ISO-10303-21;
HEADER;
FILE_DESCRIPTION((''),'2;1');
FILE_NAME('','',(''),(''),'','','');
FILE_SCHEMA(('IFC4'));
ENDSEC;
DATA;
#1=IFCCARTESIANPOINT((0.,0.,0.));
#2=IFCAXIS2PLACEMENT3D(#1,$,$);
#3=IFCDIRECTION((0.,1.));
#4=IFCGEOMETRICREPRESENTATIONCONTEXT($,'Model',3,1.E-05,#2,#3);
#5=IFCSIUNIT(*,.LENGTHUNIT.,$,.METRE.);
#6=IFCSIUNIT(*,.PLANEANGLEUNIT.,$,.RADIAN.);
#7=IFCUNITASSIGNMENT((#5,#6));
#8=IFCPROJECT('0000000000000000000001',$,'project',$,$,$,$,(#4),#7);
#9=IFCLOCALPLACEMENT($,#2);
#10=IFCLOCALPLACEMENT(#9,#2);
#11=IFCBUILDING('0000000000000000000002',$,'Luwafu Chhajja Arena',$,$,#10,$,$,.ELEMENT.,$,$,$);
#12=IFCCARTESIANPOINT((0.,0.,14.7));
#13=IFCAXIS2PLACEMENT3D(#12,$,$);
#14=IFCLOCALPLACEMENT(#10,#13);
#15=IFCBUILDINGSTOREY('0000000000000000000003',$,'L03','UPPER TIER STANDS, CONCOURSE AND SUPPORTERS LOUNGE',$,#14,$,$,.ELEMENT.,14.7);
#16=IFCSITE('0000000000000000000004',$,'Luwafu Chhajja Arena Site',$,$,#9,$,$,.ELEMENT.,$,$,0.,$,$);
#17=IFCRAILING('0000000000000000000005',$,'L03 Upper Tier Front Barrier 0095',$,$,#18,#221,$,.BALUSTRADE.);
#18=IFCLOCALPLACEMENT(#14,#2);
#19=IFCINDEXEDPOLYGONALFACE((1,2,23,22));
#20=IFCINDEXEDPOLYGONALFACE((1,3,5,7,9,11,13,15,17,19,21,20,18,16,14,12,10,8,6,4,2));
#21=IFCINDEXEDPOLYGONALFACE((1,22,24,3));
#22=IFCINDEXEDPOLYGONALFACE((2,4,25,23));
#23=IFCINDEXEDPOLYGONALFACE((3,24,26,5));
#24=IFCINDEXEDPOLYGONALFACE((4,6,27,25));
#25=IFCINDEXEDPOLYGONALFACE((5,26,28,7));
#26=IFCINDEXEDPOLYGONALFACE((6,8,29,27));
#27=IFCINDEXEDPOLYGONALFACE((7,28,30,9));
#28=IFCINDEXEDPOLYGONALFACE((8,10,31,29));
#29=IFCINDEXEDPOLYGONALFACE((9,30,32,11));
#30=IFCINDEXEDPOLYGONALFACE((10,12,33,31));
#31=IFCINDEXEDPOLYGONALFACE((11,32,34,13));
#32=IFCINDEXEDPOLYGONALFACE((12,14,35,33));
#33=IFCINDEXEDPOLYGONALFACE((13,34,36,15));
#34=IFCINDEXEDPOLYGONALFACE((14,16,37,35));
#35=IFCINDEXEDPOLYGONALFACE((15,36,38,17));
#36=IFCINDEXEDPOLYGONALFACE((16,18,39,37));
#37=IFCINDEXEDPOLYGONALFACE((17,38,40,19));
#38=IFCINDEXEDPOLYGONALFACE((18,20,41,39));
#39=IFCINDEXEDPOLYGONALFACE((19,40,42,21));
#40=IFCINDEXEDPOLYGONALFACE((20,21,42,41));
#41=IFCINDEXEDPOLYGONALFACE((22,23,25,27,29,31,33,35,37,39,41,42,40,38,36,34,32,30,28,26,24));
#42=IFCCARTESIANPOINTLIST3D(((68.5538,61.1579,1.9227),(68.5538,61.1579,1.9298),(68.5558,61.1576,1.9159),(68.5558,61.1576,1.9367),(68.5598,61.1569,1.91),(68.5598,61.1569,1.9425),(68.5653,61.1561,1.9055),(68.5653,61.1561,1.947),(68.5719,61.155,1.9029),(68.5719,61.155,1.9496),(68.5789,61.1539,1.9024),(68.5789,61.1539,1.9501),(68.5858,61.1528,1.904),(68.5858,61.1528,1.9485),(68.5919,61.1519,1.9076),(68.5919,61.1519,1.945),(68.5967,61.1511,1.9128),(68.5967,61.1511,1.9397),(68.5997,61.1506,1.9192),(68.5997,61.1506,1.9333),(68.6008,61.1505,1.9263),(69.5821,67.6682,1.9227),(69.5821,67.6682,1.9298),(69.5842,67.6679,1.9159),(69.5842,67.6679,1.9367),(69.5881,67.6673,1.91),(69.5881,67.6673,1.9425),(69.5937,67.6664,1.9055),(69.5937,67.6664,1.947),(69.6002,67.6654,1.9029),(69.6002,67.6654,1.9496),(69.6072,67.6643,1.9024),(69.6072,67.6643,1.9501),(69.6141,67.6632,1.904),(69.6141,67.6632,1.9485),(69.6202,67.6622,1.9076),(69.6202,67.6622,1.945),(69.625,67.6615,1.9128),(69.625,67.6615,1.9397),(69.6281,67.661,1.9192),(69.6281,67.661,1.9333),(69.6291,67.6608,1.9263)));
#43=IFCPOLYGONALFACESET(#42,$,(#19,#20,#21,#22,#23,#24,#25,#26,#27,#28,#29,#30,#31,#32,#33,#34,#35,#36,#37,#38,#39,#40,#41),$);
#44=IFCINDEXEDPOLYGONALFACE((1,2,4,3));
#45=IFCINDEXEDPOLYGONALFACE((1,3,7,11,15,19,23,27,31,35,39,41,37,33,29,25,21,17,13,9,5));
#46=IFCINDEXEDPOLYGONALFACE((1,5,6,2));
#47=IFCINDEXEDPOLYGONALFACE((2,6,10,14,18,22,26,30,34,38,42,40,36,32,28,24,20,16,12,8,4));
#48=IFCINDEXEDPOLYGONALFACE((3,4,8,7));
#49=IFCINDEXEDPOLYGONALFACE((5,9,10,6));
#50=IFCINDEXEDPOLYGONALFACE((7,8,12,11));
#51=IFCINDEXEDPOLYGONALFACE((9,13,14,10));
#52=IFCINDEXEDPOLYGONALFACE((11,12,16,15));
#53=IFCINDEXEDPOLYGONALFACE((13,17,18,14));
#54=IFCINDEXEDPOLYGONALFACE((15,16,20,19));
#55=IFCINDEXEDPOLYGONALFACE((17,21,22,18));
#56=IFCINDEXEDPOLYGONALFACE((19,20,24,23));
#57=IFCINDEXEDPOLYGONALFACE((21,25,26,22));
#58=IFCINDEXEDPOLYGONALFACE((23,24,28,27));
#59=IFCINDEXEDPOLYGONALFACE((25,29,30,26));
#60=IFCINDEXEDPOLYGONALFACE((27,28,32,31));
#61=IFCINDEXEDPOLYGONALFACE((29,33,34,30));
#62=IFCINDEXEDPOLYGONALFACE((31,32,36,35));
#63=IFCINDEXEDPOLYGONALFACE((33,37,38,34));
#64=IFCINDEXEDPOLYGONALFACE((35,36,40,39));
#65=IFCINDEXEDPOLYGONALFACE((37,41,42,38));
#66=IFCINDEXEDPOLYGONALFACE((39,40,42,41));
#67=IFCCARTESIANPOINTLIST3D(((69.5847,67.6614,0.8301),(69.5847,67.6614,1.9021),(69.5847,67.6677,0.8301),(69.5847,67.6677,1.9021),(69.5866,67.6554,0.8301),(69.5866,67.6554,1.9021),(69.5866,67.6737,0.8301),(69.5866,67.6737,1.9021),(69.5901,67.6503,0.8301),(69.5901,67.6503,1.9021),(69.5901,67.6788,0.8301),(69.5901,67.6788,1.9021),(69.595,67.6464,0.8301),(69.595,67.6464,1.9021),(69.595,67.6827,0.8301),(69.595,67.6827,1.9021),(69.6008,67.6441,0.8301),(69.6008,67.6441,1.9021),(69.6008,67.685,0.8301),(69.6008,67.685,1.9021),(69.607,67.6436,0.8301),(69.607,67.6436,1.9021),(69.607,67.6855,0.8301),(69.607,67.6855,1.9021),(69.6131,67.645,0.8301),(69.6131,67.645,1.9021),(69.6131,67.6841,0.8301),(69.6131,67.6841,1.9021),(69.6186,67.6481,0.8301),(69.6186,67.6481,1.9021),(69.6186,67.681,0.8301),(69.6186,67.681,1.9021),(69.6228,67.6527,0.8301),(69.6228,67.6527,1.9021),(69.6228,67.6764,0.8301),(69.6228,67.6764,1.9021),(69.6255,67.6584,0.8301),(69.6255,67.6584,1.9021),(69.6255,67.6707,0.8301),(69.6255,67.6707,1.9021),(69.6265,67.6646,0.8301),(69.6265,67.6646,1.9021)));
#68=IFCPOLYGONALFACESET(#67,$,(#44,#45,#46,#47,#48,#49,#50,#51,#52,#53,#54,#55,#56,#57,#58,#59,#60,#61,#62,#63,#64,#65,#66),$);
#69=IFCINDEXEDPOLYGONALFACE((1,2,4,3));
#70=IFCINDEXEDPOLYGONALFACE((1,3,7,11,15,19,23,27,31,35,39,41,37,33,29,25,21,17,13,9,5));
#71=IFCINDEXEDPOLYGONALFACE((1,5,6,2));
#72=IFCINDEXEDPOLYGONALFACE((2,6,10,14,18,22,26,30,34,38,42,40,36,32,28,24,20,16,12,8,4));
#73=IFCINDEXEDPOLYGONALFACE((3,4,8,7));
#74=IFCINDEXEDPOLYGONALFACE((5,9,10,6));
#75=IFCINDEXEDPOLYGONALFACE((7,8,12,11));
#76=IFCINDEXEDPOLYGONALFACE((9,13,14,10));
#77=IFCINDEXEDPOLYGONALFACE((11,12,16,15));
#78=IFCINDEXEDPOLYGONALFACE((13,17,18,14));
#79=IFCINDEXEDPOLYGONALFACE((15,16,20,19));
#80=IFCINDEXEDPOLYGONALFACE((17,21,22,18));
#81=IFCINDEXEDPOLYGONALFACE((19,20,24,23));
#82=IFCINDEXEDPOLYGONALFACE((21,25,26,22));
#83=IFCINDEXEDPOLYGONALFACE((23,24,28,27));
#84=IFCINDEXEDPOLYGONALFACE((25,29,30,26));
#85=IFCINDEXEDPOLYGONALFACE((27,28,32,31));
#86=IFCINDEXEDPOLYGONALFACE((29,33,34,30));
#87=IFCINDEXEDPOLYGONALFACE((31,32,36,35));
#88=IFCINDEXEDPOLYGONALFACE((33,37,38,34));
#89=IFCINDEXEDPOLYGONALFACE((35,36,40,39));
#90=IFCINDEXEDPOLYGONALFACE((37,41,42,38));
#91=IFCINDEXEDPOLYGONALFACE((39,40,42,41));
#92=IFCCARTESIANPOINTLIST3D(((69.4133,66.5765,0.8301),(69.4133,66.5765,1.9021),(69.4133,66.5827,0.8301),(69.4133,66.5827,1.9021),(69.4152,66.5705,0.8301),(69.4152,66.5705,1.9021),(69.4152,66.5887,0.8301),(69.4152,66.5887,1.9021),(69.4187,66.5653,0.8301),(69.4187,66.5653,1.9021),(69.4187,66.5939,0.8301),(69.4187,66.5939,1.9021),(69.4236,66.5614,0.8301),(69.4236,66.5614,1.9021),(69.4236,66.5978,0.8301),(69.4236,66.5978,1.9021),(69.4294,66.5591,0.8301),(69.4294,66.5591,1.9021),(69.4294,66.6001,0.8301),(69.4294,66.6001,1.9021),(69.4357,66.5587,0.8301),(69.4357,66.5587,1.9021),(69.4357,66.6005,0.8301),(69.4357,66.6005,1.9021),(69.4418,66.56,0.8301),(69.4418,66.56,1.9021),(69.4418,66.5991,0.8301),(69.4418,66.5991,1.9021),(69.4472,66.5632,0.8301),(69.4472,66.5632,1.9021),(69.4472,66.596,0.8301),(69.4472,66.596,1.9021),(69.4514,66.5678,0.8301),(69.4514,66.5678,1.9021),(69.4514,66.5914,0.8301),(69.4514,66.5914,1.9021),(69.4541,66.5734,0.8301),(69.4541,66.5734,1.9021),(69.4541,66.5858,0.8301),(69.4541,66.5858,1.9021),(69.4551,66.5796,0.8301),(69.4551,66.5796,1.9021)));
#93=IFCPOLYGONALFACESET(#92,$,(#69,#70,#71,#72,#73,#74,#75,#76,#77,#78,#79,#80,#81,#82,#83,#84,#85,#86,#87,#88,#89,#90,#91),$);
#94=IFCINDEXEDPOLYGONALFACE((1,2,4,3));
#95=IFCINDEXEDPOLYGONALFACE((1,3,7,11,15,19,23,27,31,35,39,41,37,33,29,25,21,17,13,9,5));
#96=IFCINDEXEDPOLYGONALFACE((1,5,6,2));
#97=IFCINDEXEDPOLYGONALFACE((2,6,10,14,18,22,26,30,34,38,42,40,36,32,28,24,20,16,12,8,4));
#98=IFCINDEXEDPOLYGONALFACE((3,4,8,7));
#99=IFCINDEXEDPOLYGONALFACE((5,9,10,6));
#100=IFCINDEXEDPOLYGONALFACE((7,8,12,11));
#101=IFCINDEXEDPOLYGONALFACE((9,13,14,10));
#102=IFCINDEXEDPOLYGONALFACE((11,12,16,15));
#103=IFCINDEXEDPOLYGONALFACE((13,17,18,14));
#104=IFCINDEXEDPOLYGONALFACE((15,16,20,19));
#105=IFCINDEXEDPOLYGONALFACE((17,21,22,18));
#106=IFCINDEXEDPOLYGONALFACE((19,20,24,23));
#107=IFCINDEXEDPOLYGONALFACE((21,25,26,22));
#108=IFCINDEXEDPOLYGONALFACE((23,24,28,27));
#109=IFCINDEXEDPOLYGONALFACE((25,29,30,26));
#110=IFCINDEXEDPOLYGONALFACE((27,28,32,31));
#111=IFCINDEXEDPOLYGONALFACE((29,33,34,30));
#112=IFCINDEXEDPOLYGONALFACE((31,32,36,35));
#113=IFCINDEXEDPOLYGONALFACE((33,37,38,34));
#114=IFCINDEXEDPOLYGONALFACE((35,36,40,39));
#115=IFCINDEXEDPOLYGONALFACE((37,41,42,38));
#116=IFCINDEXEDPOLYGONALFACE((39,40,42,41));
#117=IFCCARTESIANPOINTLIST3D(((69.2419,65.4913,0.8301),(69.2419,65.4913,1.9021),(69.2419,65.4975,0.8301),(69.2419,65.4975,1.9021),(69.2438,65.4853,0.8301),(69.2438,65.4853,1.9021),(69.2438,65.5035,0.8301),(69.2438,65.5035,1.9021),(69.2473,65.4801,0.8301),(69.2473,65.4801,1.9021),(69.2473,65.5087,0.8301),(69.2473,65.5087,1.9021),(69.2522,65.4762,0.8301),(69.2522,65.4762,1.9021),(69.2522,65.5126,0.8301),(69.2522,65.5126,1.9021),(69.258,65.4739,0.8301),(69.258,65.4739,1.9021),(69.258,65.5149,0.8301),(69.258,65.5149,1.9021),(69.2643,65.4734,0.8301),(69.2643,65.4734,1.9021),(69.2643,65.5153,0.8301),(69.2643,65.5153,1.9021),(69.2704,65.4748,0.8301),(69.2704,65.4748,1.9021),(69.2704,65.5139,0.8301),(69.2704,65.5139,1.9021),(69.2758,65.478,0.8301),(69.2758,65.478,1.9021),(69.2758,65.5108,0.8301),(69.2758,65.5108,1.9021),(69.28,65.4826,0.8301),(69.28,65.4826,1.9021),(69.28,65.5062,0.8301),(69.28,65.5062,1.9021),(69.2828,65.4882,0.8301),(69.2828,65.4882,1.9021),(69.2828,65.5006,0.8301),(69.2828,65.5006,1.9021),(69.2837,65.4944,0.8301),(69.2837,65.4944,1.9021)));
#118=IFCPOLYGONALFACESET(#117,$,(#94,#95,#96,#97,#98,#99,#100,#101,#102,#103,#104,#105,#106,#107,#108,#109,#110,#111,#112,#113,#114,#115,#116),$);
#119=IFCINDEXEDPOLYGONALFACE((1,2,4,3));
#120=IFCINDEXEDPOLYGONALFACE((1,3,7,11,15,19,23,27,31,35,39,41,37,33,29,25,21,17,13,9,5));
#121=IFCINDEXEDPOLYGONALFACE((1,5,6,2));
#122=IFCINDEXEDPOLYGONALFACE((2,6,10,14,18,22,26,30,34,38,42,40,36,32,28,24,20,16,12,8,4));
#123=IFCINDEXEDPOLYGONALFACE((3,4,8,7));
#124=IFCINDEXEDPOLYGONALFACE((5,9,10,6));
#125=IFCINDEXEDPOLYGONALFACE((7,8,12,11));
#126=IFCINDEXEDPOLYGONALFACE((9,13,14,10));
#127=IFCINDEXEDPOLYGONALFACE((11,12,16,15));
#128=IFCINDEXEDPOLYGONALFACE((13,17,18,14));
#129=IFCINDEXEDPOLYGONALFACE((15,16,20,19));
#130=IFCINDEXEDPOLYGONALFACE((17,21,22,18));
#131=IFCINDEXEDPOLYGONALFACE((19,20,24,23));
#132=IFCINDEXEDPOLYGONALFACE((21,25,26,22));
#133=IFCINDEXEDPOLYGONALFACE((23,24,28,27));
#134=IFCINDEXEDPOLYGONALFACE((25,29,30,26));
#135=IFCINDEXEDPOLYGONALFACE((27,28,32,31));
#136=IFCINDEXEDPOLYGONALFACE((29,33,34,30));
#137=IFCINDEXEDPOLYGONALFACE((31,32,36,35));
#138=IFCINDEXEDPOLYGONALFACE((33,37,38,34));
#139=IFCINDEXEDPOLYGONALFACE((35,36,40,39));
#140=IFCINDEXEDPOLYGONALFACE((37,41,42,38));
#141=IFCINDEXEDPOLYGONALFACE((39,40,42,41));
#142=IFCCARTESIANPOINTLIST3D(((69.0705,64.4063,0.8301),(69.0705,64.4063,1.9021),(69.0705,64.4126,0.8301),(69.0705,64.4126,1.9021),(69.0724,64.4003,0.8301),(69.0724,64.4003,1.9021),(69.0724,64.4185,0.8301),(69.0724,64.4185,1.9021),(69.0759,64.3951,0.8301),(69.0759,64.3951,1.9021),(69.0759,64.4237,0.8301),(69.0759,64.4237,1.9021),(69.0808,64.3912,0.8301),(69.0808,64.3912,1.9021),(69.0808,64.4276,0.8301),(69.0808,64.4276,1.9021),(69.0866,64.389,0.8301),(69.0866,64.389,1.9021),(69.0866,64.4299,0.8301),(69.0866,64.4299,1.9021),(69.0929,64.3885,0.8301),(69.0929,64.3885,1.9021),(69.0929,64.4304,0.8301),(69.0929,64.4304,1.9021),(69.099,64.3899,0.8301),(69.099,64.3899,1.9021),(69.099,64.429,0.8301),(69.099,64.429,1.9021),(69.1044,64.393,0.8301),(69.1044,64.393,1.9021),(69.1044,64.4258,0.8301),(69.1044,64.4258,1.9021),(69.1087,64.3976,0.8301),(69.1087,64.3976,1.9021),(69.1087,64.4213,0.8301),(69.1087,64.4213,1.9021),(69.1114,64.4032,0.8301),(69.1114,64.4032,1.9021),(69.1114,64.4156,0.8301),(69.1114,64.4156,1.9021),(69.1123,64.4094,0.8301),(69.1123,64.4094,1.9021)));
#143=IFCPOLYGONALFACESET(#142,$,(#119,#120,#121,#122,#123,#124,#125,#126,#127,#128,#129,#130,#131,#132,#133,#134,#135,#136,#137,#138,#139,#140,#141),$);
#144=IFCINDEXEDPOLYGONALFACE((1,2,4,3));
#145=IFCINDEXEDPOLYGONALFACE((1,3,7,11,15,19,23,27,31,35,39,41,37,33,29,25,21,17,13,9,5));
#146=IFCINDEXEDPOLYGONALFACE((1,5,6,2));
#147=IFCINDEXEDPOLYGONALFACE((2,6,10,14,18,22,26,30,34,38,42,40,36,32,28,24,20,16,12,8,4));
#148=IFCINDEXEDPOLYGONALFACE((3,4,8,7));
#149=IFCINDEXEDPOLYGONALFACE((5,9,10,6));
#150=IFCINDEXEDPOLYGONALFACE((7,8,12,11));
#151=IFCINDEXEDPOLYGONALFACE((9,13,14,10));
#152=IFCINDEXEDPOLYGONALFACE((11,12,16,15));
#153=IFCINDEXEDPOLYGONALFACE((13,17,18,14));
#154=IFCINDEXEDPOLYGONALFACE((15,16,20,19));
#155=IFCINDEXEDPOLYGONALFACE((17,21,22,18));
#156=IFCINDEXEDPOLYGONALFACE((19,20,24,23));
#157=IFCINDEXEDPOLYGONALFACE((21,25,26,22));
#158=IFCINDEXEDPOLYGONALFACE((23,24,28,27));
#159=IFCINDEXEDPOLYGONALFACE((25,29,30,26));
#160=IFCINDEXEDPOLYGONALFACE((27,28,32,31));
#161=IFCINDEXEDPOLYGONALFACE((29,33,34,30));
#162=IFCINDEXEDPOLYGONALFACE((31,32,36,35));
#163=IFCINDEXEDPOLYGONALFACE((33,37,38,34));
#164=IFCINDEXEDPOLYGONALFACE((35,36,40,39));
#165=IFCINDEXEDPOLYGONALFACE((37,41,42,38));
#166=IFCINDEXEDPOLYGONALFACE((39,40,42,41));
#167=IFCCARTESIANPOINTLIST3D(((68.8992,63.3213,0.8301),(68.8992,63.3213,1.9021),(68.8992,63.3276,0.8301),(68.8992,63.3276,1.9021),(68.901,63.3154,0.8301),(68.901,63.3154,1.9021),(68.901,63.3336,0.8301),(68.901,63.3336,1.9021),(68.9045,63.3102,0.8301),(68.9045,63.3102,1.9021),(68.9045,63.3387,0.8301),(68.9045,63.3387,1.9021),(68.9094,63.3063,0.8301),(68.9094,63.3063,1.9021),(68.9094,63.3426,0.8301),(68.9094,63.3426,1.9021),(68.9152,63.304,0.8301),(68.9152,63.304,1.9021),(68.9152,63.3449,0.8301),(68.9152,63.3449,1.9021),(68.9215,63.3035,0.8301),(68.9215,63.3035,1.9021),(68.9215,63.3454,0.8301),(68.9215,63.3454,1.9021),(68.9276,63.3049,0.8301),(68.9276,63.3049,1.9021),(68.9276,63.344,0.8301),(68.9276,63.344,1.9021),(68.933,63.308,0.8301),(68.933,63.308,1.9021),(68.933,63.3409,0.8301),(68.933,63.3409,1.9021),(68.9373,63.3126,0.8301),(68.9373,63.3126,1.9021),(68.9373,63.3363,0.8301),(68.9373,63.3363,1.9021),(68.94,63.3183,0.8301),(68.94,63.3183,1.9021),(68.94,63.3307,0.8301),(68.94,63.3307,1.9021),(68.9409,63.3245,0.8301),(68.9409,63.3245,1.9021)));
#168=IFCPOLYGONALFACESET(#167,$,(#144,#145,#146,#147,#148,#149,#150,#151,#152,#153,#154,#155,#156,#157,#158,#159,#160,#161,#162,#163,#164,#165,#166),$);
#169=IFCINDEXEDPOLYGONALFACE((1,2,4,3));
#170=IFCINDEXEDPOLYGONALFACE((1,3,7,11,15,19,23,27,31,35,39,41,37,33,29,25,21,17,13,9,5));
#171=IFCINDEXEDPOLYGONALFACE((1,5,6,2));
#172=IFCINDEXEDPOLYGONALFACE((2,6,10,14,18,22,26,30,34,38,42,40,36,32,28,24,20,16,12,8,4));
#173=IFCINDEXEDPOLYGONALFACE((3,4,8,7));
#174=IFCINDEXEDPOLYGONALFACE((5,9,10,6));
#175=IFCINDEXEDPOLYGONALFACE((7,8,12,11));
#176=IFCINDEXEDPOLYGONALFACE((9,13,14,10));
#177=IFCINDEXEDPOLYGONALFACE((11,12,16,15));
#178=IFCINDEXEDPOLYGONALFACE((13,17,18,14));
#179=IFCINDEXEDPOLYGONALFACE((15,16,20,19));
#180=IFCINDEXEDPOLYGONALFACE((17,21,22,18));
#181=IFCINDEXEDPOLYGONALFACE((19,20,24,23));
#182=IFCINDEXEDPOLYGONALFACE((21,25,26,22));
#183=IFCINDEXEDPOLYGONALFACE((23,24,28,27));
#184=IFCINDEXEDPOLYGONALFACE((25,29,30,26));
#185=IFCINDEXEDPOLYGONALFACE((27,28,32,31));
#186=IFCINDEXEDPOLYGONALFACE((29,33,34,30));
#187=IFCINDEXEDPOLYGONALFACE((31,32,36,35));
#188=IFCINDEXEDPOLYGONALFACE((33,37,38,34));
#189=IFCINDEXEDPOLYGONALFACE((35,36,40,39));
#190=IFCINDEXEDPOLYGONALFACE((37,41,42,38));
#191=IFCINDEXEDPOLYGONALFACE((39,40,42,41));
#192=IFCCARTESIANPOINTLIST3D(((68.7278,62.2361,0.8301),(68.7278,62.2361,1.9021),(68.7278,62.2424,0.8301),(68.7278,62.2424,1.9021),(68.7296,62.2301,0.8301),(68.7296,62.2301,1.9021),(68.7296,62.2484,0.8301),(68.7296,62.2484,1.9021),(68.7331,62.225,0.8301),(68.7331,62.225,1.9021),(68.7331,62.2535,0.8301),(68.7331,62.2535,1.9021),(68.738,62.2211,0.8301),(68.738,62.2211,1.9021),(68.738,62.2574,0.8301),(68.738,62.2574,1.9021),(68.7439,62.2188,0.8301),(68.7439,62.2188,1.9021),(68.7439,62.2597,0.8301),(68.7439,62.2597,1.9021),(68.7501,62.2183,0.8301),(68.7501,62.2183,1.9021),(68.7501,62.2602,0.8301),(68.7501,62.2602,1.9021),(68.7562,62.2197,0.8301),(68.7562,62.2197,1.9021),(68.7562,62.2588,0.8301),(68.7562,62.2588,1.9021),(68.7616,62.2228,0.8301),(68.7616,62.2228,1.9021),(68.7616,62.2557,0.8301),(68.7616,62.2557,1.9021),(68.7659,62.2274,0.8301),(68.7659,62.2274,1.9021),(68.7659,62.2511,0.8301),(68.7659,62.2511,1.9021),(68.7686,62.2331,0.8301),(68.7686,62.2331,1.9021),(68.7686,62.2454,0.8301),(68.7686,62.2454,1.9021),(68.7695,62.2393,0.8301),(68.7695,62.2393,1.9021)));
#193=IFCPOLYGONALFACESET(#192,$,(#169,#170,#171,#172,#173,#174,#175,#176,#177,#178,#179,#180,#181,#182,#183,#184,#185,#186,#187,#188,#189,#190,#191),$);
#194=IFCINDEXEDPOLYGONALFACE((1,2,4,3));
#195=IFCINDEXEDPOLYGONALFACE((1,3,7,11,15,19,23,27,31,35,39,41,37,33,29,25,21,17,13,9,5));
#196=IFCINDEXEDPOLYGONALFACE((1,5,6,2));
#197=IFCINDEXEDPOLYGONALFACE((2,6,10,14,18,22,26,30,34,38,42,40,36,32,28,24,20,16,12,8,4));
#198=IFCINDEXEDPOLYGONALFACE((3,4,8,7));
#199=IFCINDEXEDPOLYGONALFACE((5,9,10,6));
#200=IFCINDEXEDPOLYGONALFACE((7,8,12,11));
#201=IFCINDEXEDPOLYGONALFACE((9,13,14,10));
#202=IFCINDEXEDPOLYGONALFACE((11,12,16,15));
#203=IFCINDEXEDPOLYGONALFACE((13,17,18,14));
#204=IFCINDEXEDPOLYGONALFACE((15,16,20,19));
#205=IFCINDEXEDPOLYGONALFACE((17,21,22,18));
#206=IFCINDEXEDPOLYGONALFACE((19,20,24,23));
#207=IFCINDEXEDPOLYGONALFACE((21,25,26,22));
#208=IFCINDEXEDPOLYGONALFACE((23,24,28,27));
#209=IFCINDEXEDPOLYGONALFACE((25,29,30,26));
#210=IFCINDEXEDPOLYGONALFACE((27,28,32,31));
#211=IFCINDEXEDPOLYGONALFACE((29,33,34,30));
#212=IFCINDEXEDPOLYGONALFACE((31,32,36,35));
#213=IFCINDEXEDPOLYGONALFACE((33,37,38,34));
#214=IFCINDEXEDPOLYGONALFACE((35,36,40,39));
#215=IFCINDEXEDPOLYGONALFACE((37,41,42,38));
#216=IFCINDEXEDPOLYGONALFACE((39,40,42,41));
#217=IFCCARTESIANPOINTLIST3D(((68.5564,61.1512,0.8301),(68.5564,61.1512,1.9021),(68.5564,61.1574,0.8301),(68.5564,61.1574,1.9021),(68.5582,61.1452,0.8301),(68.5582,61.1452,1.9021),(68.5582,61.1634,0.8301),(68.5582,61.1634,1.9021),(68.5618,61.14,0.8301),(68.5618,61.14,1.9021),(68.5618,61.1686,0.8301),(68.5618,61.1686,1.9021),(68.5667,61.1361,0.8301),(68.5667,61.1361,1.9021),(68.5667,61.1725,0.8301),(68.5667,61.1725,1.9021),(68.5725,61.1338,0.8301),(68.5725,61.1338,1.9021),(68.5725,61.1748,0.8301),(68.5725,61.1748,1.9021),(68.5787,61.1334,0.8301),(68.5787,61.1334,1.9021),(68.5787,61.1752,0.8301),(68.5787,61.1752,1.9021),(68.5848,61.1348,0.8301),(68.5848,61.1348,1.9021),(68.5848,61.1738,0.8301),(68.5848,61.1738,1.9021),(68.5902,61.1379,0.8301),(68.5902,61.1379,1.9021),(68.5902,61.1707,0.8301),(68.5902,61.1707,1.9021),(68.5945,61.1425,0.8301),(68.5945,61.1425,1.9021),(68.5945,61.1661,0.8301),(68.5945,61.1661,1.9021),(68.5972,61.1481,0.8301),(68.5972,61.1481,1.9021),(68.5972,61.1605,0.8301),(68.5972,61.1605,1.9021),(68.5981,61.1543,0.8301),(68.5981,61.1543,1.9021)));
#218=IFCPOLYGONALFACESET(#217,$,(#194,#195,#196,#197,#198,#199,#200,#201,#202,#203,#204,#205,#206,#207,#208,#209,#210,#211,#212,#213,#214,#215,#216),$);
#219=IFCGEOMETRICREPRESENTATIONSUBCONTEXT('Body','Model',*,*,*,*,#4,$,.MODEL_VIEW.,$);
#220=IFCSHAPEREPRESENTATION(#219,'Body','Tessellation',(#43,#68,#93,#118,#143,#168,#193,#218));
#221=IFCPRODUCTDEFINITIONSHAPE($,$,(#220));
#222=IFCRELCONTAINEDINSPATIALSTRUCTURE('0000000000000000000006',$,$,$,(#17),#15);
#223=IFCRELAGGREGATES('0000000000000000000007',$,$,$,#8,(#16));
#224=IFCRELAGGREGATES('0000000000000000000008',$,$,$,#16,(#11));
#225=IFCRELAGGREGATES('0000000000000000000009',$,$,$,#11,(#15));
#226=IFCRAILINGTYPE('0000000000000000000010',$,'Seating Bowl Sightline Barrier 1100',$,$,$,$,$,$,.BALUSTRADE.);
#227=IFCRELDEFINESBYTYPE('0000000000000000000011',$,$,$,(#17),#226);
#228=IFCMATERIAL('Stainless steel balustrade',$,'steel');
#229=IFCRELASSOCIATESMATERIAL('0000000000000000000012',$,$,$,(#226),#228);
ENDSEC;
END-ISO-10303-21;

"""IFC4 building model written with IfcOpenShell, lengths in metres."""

from ifc_helpers import new_model, si_unit, direction, frame, origin, origin_2d, place, context, subcontext, project, spatial, circle, extrude, material, type_object, element, save


model = new_model("IFC4")

# Units and contexts
model_context = context("Model", 3, precision=1e-05, world=origin(), true_north=direction((0.0, 1.0)))
body_context = subcontext(model_context, "Body", "Model", "MODEL_VIEW")
ifc_project = project(units=[si_unit("LENGTHUNIT", "METRE"), si_unit("PLANEANGLEUNIT", "RADIAN")], contexts=[model_context])

# Site, building, storey
site_placement = place(None, origin())
site = spatial("IfcSite", under=ifc_project, at=site_placement, Name="Luwafu Chhajja Arena Site", CompositionType="ELEMENT", RefElevation=0.0)
building_placement = place(site_placement, origin())
building = spatial("IfcBuilding", under=site, at=building_placement, Name="Luwafu Chhajja Arena", CompositionType="ELEMENT")
storey_placement = place(building_placement, frame((0.0, 0.0, 14.7)))
storey = spatial("IfcBuildingStorey", under=building, at=storey_placement, Name="L03", Description="UPPER TIER STANDS, CONCOURSE AND SUPPORTERS LOUNGE", CompositionType="ELEMENT", Elevation=14.7)

# Railing
ifc_material_1 = material(Name="Stainless steel balustrade", Category="steel")
railing_type_1 = type_object("IfcRailingType", Name="Seating Bowl Sightline Barrier 1100", PredefinedType="BALUSTRADE", material=ifc_material_1)
railing_1_placement = place(storey_placement, frame((69.6055, 67.6646, 0.8301)))
element("IfcRailing", 1, at=railing_1_placement, inside=storey, type_object=railing_type_1, Name="L03 Upper Tier Front Barrier 0095", PredefinedType="BALUSTRADE", context=body_context, shape_type="SweptSolid", body=[
    extrude(circle(Radius=0.0239, at=origin_2d()), frame((0.0, 0.0, 1.0962), z_axis=(-0.15602, -0.987754, 0.0), x_axis=(0.987754, -0.15602, 0.0)), (0.0, 0.0, 1.0), 6.5911),
    extrude(circle(Radius=0.021, at=origin_2d()), origin(), (0.0, 0.0, 1.0), 1.072),
    extrude(circle(Radius=0.021, at=origin_2d()), frame((-0.1714, -1.085, 0.0)), (0.0, 0.0, 1.0), 1.072),
    extrude(circle(Radius=0.021, at=origin_2d()), frame((-0.3428, -2.1702, 0.0)), (0.0, 0.0, 1.0), 1.072),
    extrude(circle(Radius=0.021, at=origin_2d()), frame((-0.5142, -3.2551, 0.0)), (0.0, 0.0, 1.0), 1.072),
    extrude(circle(Radius=0.021, at=origin_2d()), frame((-0.6855, -4.3401, 0.0)), (0.0, 0.0, 1.0), 1.072),
    extrude(circle(Radius=0.021, at=origin_2d()), frame((-0.8569, -5.4253, 0.0)), (0.0, 0.0, 1.0), 1.072),
    extrude(circle(Radius=0.021, at=origin_2d()), frame((-1.0283, -6.5103, 0.0)), (0.0, 0.0, 1.0), 1.072),
])

save(model, "model.ifc")
